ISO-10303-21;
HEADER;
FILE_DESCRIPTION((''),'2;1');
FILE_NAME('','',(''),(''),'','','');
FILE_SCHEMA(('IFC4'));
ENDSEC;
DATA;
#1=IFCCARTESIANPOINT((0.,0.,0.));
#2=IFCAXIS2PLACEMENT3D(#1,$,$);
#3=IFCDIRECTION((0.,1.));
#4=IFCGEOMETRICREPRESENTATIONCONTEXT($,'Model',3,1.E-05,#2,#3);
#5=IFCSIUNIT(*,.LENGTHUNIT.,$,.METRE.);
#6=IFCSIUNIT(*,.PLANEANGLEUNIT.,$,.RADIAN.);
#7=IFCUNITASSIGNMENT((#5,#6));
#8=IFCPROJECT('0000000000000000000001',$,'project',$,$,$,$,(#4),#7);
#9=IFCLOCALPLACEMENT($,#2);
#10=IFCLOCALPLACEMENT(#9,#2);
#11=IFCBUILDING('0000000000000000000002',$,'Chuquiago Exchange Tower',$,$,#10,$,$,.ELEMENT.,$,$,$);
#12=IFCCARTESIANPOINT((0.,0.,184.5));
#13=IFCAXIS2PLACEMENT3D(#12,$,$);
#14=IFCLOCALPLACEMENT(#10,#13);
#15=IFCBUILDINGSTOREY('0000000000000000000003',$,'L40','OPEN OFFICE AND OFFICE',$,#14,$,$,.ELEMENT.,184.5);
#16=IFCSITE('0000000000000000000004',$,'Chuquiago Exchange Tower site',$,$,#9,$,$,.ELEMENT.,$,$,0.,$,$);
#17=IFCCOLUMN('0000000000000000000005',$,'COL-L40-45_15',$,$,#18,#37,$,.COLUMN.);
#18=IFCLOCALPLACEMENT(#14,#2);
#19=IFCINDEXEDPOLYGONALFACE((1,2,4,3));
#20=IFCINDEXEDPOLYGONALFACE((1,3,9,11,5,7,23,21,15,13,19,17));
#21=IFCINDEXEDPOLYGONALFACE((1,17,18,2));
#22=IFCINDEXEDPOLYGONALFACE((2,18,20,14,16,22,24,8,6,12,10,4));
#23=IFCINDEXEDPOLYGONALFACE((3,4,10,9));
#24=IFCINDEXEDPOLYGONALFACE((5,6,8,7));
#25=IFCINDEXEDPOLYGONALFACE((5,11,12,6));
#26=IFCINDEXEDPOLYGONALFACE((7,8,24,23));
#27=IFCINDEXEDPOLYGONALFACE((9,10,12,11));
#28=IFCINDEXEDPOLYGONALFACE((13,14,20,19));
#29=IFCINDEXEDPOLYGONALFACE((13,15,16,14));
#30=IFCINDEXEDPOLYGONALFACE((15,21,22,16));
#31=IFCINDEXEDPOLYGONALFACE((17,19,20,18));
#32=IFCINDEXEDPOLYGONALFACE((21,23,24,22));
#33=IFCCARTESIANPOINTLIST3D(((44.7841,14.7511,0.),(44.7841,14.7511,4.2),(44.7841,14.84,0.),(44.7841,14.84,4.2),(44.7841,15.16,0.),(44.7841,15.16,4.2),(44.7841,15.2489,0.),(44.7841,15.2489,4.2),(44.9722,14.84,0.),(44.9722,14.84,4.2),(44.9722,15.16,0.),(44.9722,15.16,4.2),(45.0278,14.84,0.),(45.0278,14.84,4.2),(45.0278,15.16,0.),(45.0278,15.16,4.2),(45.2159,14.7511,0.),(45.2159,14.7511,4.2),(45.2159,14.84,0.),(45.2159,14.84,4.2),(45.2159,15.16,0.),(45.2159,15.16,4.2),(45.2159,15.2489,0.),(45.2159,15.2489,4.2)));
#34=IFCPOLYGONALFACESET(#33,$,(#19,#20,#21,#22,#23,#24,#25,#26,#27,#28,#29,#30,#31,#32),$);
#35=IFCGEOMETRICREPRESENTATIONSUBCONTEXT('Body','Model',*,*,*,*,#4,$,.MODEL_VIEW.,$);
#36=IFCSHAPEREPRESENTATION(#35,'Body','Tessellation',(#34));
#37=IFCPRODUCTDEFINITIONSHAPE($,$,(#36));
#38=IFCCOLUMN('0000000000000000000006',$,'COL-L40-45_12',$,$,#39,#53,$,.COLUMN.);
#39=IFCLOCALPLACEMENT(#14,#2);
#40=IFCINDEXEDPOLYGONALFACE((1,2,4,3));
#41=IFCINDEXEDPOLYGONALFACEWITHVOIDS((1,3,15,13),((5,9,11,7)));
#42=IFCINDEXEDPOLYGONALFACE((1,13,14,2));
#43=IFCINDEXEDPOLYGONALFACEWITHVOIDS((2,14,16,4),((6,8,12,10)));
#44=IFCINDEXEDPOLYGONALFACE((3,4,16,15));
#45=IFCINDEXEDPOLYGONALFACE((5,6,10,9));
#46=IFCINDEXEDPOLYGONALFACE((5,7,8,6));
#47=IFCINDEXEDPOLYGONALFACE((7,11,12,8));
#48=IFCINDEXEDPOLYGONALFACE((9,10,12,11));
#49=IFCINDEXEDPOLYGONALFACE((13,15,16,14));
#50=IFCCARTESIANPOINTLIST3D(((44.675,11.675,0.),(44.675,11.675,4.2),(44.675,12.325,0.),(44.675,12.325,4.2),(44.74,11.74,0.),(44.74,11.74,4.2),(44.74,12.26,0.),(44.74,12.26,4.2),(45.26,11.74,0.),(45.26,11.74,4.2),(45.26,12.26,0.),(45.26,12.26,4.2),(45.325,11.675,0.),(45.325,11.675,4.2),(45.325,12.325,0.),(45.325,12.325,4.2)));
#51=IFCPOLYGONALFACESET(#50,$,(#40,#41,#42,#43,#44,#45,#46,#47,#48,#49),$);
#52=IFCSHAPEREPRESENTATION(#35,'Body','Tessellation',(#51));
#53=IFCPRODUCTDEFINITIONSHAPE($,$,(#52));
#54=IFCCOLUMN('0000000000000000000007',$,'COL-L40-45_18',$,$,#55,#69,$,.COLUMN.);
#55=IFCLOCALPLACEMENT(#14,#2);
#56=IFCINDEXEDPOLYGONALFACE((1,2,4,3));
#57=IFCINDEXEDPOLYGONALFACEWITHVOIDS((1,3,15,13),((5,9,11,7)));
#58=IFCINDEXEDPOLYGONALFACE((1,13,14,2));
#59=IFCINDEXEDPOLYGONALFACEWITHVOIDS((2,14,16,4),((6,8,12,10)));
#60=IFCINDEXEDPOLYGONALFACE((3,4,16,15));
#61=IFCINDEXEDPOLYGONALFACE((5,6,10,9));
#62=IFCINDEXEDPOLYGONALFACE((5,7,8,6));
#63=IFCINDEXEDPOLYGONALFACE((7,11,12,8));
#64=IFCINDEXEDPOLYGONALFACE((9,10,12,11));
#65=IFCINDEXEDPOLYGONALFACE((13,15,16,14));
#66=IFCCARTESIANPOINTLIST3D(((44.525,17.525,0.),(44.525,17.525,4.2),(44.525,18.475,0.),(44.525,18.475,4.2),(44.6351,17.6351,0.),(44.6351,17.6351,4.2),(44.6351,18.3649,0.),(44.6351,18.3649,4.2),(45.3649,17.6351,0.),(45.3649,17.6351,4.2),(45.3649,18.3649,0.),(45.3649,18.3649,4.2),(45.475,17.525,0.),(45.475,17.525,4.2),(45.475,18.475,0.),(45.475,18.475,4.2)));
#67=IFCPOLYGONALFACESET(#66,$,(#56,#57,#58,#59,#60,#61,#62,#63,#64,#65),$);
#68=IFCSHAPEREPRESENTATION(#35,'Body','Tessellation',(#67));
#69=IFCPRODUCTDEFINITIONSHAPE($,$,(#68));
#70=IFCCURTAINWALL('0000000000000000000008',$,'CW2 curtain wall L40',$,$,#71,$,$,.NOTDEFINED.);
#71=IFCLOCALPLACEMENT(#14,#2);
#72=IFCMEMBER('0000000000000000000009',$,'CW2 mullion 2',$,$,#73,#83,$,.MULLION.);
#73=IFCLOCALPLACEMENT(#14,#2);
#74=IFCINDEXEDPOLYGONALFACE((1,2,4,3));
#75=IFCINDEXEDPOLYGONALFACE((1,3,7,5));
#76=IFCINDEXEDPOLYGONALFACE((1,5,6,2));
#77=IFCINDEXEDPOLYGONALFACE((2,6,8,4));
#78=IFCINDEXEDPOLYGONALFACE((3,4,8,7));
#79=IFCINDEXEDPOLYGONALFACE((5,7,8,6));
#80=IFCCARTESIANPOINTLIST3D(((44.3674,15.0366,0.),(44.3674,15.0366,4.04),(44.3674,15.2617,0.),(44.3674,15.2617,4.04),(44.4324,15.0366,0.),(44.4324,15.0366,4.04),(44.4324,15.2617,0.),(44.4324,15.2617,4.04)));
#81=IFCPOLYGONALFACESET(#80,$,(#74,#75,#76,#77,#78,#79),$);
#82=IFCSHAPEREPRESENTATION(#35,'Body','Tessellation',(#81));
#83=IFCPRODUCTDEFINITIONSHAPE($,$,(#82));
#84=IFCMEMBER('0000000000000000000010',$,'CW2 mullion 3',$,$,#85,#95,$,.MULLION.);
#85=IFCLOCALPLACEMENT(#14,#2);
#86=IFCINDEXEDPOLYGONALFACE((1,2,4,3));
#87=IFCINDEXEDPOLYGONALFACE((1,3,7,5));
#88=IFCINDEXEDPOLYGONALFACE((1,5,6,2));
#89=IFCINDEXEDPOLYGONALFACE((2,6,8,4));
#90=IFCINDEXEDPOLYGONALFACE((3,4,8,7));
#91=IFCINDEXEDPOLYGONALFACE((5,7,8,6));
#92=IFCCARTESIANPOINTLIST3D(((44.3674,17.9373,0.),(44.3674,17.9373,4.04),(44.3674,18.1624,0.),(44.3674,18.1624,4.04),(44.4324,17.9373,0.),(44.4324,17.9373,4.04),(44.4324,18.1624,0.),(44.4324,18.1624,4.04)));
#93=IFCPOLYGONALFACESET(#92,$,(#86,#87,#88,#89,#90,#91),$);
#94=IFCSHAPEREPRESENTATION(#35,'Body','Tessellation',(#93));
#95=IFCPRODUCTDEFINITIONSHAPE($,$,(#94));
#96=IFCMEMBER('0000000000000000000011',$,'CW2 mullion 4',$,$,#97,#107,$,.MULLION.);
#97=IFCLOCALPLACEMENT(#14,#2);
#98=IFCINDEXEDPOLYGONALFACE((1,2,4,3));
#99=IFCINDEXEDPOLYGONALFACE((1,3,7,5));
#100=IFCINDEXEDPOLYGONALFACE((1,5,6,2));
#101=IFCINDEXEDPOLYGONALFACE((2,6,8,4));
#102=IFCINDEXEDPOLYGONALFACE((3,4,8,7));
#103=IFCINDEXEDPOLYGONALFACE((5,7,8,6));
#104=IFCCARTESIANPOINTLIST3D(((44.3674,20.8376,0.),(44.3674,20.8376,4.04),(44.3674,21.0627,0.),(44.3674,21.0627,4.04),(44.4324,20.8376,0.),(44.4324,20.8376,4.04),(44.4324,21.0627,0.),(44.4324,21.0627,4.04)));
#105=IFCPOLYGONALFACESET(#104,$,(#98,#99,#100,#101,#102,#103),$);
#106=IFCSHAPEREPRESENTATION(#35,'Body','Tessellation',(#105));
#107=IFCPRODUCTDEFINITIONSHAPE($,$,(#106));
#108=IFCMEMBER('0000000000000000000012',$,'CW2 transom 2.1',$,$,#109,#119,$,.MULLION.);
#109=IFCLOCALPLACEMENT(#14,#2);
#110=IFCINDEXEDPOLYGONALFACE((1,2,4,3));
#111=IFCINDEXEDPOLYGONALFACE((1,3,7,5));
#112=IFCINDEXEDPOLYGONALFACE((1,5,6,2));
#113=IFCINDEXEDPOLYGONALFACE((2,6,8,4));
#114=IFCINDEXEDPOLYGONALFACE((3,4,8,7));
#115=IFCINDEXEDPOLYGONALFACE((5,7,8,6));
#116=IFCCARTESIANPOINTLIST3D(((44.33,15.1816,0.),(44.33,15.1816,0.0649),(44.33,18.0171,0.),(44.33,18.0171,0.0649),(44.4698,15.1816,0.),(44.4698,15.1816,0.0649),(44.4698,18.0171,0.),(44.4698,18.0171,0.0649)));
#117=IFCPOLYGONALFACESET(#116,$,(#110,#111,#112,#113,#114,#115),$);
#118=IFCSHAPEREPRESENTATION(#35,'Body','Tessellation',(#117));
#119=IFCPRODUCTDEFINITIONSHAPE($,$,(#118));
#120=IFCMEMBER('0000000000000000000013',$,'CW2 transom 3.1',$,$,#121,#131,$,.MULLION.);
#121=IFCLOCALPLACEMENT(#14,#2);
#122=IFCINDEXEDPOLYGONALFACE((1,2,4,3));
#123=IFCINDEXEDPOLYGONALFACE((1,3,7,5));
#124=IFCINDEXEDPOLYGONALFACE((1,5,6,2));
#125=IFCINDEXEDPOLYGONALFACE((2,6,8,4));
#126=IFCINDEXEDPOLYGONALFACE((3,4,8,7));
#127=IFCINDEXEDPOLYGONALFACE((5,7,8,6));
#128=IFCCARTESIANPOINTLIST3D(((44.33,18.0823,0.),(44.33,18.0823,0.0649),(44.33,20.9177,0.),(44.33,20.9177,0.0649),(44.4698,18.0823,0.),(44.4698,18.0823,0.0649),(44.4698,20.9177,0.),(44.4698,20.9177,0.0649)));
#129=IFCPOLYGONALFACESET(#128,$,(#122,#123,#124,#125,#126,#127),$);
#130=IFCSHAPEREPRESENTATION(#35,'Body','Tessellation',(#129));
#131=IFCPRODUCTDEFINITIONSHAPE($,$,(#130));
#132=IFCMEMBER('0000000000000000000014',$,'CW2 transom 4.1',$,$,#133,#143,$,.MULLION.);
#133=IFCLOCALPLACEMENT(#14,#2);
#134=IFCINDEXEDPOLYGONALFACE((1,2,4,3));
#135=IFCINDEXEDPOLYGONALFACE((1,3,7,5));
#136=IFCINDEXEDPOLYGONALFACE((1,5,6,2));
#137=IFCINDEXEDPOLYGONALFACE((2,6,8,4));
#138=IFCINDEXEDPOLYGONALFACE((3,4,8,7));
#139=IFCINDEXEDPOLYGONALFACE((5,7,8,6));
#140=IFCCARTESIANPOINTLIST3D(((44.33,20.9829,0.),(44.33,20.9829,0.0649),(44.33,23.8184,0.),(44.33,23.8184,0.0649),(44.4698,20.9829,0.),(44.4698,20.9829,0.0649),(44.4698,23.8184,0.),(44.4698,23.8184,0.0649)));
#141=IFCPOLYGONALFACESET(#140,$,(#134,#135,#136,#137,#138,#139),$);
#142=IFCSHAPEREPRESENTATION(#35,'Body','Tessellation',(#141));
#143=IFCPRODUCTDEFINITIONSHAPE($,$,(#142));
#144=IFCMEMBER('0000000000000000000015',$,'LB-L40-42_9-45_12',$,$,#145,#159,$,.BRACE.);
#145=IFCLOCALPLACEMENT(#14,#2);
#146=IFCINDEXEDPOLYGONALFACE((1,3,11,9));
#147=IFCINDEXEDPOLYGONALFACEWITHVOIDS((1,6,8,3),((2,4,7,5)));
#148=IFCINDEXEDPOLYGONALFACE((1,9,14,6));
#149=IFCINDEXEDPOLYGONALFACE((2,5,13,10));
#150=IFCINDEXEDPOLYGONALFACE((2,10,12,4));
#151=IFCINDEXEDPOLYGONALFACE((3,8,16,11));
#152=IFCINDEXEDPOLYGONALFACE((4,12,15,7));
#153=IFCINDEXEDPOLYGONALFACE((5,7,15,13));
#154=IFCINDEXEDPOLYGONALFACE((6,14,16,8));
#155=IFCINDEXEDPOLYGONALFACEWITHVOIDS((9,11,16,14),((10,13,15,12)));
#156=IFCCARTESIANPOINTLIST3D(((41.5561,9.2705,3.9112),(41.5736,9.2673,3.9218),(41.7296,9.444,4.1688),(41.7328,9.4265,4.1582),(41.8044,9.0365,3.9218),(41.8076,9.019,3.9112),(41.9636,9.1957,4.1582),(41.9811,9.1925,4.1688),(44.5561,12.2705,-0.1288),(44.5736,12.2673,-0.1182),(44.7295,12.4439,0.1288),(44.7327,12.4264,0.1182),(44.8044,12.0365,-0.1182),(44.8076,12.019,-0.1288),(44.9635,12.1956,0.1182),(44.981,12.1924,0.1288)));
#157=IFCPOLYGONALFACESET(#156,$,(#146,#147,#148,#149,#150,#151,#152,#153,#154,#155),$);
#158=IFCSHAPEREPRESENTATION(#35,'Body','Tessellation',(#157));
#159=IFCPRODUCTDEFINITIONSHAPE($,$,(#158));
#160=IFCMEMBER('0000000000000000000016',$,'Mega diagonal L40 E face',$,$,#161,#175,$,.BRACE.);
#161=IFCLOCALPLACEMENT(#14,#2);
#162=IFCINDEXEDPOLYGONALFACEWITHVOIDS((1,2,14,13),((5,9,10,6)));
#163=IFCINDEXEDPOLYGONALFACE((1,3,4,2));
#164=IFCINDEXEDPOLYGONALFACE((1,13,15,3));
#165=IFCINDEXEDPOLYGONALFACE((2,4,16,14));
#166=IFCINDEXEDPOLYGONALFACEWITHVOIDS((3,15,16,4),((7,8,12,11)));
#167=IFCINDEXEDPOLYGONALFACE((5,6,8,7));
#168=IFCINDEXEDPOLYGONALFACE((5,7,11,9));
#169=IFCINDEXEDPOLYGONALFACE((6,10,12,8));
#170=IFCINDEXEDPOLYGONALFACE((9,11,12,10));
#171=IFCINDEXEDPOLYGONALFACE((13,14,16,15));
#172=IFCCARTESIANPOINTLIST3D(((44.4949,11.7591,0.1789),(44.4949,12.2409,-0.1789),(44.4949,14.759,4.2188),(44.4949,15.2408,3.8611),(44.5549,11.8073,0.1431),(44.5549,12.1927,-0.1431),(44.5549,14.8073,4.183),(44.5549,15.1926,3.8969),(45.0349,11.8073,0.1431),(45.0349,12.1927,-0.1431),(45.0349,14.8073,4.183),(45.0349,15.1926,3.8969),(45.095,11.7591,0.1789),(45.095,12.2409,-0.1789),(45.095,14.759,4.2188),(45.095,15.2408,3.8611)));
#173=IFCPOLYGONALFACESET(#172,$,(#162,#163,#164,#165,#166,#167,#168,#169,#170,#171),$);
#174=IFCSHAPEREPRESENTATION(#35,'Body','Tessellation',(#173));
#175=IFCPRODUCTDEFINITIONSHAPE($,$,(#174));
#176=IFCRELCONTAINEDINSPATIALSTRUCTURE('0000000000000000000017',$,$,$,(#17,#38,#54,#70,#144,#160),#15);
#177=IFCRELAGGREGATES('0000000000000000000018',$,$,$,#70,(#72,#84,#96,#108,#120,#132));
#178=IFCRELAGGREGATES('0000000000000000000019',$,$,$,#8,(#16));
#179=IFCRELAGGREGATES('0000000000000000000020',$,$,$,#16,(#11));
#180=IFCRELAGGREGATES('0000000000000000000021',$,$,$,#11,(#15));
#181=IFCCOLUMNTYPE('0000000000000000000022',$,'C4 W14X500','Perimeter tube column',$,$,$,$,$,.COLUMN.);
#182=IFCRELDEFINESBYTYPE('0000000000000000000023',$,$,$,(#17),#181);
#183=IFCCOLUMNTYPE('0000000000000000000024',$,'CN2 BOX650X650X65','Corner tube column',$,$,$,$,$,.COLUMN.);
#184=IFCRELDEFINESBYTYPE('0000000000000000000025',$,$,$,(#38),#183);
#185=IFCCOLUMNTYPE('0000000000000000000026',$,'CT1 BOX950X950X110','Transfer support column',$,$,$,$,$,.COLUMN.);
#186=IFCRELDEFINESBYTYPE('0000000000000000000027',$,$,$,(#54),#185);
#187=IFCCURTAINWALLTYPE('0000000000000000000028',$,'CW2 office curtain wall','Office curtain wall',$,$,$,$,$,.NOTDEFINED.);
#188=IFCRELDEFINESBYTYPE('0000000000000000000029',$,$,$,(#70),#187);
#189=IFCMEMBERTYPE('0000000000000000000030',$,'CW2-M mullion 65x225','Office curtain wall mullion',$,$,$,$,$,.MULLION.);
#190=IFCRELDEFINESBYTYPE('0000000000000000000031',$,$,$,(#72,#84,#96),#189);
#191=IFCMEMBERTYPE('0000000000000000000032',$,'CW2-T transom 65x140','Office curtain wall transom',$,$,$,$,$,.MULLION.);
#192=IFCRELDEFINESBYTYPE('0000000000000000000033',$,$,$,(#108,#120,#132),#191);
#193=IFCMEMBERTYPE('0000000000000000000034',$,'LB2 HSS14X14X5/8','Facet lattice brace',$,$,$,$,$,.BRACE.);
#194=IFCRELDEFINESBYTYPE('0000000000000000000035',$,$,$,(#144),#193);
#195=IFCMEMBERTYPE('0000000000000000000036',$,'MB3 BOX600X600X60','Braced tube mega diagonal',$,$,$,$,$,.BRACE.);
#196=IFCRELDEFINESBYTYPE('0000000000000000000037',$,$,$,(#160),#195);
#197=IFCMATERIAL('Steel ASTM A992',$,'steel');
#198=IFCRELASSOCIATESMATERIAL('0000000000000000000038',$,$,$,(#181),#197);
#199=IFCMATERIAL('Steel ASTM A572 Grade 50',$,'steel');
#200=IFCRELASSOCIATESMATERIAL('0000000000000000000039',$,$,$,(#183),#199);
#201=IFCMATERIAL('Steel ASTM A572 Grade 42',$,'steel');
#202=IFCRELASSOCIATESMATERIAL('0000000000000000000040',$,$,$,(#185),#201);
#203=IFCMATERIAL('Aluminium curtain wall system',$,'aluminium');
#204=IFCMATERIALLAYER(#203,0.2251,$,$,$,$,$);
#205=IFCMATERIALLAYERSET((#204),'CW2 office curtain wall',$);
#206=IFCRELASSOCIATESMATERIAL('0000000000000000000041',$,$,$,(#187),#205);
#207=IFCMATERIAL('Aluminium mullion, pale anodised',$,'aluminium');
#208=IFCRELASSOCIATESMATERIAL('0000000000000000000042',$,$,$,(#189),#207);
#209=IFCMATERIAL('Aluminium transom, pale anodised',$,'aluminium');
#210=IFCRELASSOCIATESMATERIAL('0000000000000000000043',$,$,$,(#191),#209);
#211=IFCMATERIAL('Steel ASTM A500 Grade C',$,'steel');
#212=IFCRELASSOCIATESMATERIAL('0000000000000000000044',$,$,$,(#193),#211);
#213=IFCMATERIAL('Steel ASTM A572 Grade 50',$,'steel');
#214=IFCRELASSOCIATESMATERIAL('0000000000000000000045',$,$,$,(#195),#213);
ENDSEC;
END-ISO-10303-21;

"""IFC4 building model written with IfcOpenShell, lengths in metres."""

from ifc_helpers import new_model, si_unit, direction, frame, origin, origin_2d, place, context, subcontext, project, spatial, rectangle, hollow_rectangle, i_section, extrude, material, layer, layer_set, material_profile, profile_set, type_object, element, aggregate, save


model = new_model("IFC4")

# Units and contexts
model_context = context("Model", 3, precision=1e-05, world=origin(), true_north=direction((0.0, 1.0)))
body_context = subcontext(model_context, "Body", "Model", "MODEL_VIEW")
ifc_project = project(units=[si_unit("LENGTHUNIT", "METRE"), si_unit("PLANEANGLEUNIT", "RADIAN")], contexts=[model_context])

# Site, building, storey
site_placement = place(None, origin())
site = spatial("IfcSite", under=ifc_project, at=site_placement, Name="Chuquiago Exchange Tower site", CompositionType="ELEMENT", RefElevation=0.0)
building_placement = place(site_placement, origin())
building = spatial("IfcBuilding", under=site, at=building_placement, Name="Chuquiago Exchange Tower", CompositionType="ELEMENT")
storey_placement = place(building_placement, frame((0.0, 0.0, 184.5)))
storey = spatial("IfcBuildingStorey", under=building, at=storey_placement, Name="L40", Description="OPEN OFFICE AND OFFICE", CompositionType="ELEMENT", Elevation=184.5)

# Columns
ifc_material_1 = material(Name="Steel ASTM A992", Category="steel")
ifc_material_profile_1 = material_profile(ifc_material_1, i_section(OverallWidth=0.4319, OverallDepth=0.4978, WebThickness=0.0557, FlangeThickness=0.0889, at=origin_2d()), Name="W14X500")
ifc_profile_set_1 = profile_set([ifc_material_profile_1], Name="Steel ASTM A992")
column_type_1 = type_object("IfcColumnType", Name="C4 W14X500", Description="Perimeter tube column", PredefinedType="COLUMN", material=ifc_profile_set_1)
column_1_placement = place(storey_placement, frame((45.0, 15.0, 0.0), z_axis=(0.0, 0.0, 1.0), x_axis=(1.0, 0.0, 0.0)))
element("IfcColumn", 1, at=column_1_placement, inside=storey, type_object=column_type_1, Name="COL-L40-45_15", PredefinedType="COLUMN", context=body_context, shape_type="SweptSolid", body=[
    extrude(i_section(OverallWidth=0.4319, OverallDepth=0.4978, WebThickness=0.0557, FlangeThickness=0.0889, at=origin_2d()), origin(), (0.0, 0.0, 1.0), 4.2),
])
ifc_material_2 = material(Name="Steel ASTM A572 Grade 50", Category="steel")
ifc_material_profile_2 = material_profile(ifc_material_2, hollow_rectangle(XDim=0.6499, YDim=0.6499, WallThickness=0.0649, at=origin_2d()), Name="BOX650X650X65")
ifc_profile_set_2 = profile_set([ifc_material_profile_2], Name="Steel ASTM A572 Grade 50")
column_type_2 = type_object("IfcColumnType", Name="CN2 BOX650X650X65", Description="Corner tube column", PredefinedType="COLUMN", material=ifc_profile_set_2)
column_2_placement = place(storey_placement, frame((45.0, 12.0, 0.0), z_axis=(0.0, 0.0, 1.0), x_axis=(1.0, 0.0, 0.0)))
element("IfcColumn", 2, at=column_2_placement, inside=storey, type_object=column_type_2, Name="COL-L40-45_12", PredefinedType="COLUMN", context=body_context, shape_type="SweptSolid", body=[
    extrude(hollow_rectangle(XDim=0.6499, YDim=0.6499, WallThickness=0.0649, at=origin_2d()), origin(), (0.0, 0.0, 1.0), 4.2),
])
ifc_material_3 = material(Name="Steel ASTM A572 Grade 42", Category="steel")
ifc_material_profile_3 = material_profile(ifc_material_3, hollow_rectangle(XDim=0.95, YDim=0.95, WallThickness=0.1101, at=origin_2d()), Name="BOX950X950X110")
ifc_profile_set_3 = profile_set([ifc_material_profile_3], Name="Steel ASTM A572 Grade 42")
column_type_3 = type_object("IfcColumnType", Name="CT1 BOX950X950X110", Description="Transfer support column", PredefinedType="COLUMN", material=ifc_profile_set_3)
column_3_placement = place(storey_placement, frame((45.0, 18.0, 0.0), z_axis=(0.0, 0.0, 1.0), x_axis=(1.0, 0.0, 0.0)))
element("IfcColumn", 3, at=column_3_placement, inside=storey, type_object=column_type_3, Name="COL-L40-45_18", PredefinedType="COLUMN", context=body_context, shape_type="SweptSolid", body=[
    extrude(hollow_rectangle(XDim=0.95, YDim=0.95, WallThickness=0.1101, at=origin_2d()), origin(), (0.0, 0.0, 1.0), 4.2),
])

# Curtain wall, members
ifc_material_4 = material(Name="Aluminium curtain wall system", Category="aluminium")
ifc_layer_1 = layer(ifc_material_4, 0.2251)
ifc_layer_set_1 = layer_set([ifc_layer_1], Name="CW2 office curtain wall")
curtain_wall_type = type_object("IfcCurtainWallType", Name="CW2 office curtain wall", Description="Office curtain wall", PredefinedType="NOTDEFINED", material=ifc_layer_set_1)
curtain_wall_placement = place(storey_placement, origin())
curtain_wall = element("IfcCurtainWall", 4, at=curtain_wall_placement, inside=storey, type_object=curtain_wall_type, Name="CW2 curtain wall L40", PredefinedType="NOTDEFINED")
ifc_material_5 = material(Name="Aluminium mullion, pale anodised", Category="aluminium")
ifc_material_profile_4 = material_profile(ifc_material_5, rectangle(XDim=0.0649, YDim=0.2251, at=origin_2d()), Name="AL 65x225")
ifc_profile_set_4 = profile_set([ifc_material_profile_4], Name="Aluminium mullion, pale anodised")
member_type_1 = type_object("IfcMemberType", Name="CW2-M mullion 65x225", Description="Office curtain wall mullion", PredefinedType="MULLION", material=ifc_profile_set_4)
member_1_placement = place(storey_placement, frame((44.3999, 15.1492, 0.0), z_axis=(0.0, 0.0, 1.0), x_axis=(-1.0, 0.0, 0.0)))
member_1 = element("IfcMember", 5, at=member_1_placement, type_object=member_type_1, Name="CW2 mullion 2", PredefinedType="MULLION", context=body_context, shape_type="SweptSolid", body=[
    extrude(rectangle(XDim=0.0649, YDim=0.2251, at=origin_2d()), origin(), (0.0, 0.0, 1.0), 4.04),
])
member_2_placement = place(storey_placement, frame((44.3999, 18.0498, 0.0), z_axis=(0.0, 0.0, 1.0), x_axis=(-1.0, 0.0, 0.0)))
member_2 = element("IfcMember", 6, at=member_2_placement, type_object=member_type_1, Name="CW2 mullion 3", PredefinedType="MULLION", context=body_context, shape_type="SweptSolid", body=[
    extrude(rectangle(XDim=0.0649, YDim=0.2251, at=origin_2d()), origin(), (0.0, 0.0, 1.0), 4.04),
])
member_3_placement = place(storey_placement, frame((44.3999, 20.9502, 0.0), z_axis=(0.0, 0.0, 1.0), x_axis=(-1.0, 0.0, 0.0)))
member_3 = element("IfcMember", 7, at=member_3_placement, type_object=member_type_1, Name="CW2 mullion 4", PredefinedType="MULLION", context=body_context, shape_type="SweptSolid", body=[
    extrude(rectangle(XDim=0.0649, YDim=0.2251, at=origin_2d()), origin(), (0.0, 0.0, 1.0), 4.04),
])
ifc_material_6 = material(Name="Aluminium transom, pale anodised", Category="aluminium")
ifc_material_profile_5 = material_profile(ifc_material_6, rectangle(XDim=0.1399, YDim=0.0649, at=origin_2d()), Name="AL 140x65")
ifc_profile_set_5 = profile_set([ifc_material_profile_5], Name="Aluminium transom, pale anodised")
member_type_2 = type_object("IfcMemberType", Name="CW2-T transom 65x140", Description="Office curtain wall transom", PredefinedType="MULLION", material=ifc_profile_set_5)
member_4_placement = place(storey_placement, frame((44.3999, 15.1816, 0.0325), z_axis=(0.0, 1.0, 0.0), x_axis=(-1.0, 0.0, 0.0)))
member_4 = element("IfcMember", 8, at=member_4_placement, type_object=member_type_2, Name="CW2 transom 2.1", PredefinedType="MULLION", context=body_context, shape_type="SweptSolid", body=[
    extrude(rectangle(XDim=0.1399, YDim=0.0649, at=origin_2d()), origin(), (0.0, 0.0, 1.0), 2.8354),
])
member_5_placement = place(storey_placement, frame((44.3999, 18.0823, 0.0325), z_axis=(0.0, 1.0, 0.0), x_axis=(-1.0, 0.0, 0.0)))
member_5 = element("IfcMember", 9, at=member_5_placement, type_object=member_type_2, Name="CW2 transom 3.1", PredefinedType="MULLION", context=body_context, shape_type="SweptSolid", body=[
    extrude(rectangle(XDim=0.1399, YDim=0.0649, at=origin_2d()), origin(), (0.0, 0.0, 1.0), 2.8354),
])
member_6_placement = place(storey_placement, frame((44.3999, 20.9829, 0.0325), z_axis=(0.0, 1.0, 0.0), x_axis=(-1.0, 0.0, 0.0)))
member_6 = element("IfcMember", 10, at=member_6_placement, type_object=member_type_2, Name="CW2 transom 4.1", PredefinedType="MULLION", context=body_context, shape_type="SweptSolid", body=[
    extrude(rectangle(XDim=0.1399, YDim=0.0649, at=origin_2d()), origin(), (0.0, 0.0, 1.0), 2.8354),
])

# Members
ifc_material_7 = material(Name="Steel ASTM A500 Grade C", Category="steel")
ifc_material_profile_6 = material_profile(ifc_material_7, hollow_rectangle(XDim=0.3557, YDim=0.3557, WallThickness=0.0146, at=origin_2d()), Name="HSS14X14X5/8")
ifc_profile_set_6 = profile_set([ifc_material_profile_6], Name="Steel ASTM A500 Grade C")
member_type_3 = type_object("IfcMemberType", Name="LB2 HSS14X14X5/8", Description="Facet lattice brace", PredefinedType="BRACE", material=ifc_profile_set_6)
member_7_placement = place(storey_placement, frame((44.7686, 12.2314, 0.0), z_axis=(-0.512077, -0.512077, 0.689604), x_axis=(0.707107, -0.707107, 0.0)))
element("IfcMember", 11, at=member_7_placement, inside=storey, type_object=member_type_3, Name="LB-L40-42_9-45_12", PredefinedType="BRACE", context=body_context, shape_type="SweptSolid", body=[
    extrude(hollow_rectangle(XDim=0.3557, YDim=0.3557, WallThickness=0.0146, at=origin_2d()), origin(), (0.0, 0.0, 1.0), 5.8584),
])
ifc_material_8 = material(Name="Steel ASTM A572 Grade 50", Category="steel")
ifc_material_profile_7 = material_profile(ifc_material_8, hollow_rectangle(XDim=0.6001, YDim=0.6001, WallThickness=0.0601, at=origin_2d()), Name="BOX600X600X60")
ifc_profile_set_7 = profile_set([ifc_material_profile_7], Name="Steel ASTM A572 Grade 50")
member_type_4 = type_object("IfcMemberType", Name="MB3 BOX600X600X60", Description="Braced tube mega diagonal", PredefinedType="BRACE", material=ifc_profile_set_7)
for number, where, z_axis, x_axis, name in (
    (12, (44.7949, 12.0, 0.0), (0.0, 0.596174, 0.802855), (-1.0, 0.0, 0.0), "Mega diagonal L40 E face"),
):
    element("IfcMember", number, at=place(storey_placement, frame(where, z_axis=z_axis, x_axis=x_axis)), inside=storey, type_object=member_type_4, Name=name, PredefinedType="BRACE", context=body_context, shape_type="SweptSolid", body=[
        extrude(hollow_rectangle(XDim=0.6001, YDim=0.6001, WallThickness=0.0601, at=origin_2d()), origin(), (0.0, 0.0, 1.0), 5.032),
    ])

aggregate(curtain_wall, [member_1, member_2, member_3, member_4, member_5, member_6])

save(model, "model.ifc")
